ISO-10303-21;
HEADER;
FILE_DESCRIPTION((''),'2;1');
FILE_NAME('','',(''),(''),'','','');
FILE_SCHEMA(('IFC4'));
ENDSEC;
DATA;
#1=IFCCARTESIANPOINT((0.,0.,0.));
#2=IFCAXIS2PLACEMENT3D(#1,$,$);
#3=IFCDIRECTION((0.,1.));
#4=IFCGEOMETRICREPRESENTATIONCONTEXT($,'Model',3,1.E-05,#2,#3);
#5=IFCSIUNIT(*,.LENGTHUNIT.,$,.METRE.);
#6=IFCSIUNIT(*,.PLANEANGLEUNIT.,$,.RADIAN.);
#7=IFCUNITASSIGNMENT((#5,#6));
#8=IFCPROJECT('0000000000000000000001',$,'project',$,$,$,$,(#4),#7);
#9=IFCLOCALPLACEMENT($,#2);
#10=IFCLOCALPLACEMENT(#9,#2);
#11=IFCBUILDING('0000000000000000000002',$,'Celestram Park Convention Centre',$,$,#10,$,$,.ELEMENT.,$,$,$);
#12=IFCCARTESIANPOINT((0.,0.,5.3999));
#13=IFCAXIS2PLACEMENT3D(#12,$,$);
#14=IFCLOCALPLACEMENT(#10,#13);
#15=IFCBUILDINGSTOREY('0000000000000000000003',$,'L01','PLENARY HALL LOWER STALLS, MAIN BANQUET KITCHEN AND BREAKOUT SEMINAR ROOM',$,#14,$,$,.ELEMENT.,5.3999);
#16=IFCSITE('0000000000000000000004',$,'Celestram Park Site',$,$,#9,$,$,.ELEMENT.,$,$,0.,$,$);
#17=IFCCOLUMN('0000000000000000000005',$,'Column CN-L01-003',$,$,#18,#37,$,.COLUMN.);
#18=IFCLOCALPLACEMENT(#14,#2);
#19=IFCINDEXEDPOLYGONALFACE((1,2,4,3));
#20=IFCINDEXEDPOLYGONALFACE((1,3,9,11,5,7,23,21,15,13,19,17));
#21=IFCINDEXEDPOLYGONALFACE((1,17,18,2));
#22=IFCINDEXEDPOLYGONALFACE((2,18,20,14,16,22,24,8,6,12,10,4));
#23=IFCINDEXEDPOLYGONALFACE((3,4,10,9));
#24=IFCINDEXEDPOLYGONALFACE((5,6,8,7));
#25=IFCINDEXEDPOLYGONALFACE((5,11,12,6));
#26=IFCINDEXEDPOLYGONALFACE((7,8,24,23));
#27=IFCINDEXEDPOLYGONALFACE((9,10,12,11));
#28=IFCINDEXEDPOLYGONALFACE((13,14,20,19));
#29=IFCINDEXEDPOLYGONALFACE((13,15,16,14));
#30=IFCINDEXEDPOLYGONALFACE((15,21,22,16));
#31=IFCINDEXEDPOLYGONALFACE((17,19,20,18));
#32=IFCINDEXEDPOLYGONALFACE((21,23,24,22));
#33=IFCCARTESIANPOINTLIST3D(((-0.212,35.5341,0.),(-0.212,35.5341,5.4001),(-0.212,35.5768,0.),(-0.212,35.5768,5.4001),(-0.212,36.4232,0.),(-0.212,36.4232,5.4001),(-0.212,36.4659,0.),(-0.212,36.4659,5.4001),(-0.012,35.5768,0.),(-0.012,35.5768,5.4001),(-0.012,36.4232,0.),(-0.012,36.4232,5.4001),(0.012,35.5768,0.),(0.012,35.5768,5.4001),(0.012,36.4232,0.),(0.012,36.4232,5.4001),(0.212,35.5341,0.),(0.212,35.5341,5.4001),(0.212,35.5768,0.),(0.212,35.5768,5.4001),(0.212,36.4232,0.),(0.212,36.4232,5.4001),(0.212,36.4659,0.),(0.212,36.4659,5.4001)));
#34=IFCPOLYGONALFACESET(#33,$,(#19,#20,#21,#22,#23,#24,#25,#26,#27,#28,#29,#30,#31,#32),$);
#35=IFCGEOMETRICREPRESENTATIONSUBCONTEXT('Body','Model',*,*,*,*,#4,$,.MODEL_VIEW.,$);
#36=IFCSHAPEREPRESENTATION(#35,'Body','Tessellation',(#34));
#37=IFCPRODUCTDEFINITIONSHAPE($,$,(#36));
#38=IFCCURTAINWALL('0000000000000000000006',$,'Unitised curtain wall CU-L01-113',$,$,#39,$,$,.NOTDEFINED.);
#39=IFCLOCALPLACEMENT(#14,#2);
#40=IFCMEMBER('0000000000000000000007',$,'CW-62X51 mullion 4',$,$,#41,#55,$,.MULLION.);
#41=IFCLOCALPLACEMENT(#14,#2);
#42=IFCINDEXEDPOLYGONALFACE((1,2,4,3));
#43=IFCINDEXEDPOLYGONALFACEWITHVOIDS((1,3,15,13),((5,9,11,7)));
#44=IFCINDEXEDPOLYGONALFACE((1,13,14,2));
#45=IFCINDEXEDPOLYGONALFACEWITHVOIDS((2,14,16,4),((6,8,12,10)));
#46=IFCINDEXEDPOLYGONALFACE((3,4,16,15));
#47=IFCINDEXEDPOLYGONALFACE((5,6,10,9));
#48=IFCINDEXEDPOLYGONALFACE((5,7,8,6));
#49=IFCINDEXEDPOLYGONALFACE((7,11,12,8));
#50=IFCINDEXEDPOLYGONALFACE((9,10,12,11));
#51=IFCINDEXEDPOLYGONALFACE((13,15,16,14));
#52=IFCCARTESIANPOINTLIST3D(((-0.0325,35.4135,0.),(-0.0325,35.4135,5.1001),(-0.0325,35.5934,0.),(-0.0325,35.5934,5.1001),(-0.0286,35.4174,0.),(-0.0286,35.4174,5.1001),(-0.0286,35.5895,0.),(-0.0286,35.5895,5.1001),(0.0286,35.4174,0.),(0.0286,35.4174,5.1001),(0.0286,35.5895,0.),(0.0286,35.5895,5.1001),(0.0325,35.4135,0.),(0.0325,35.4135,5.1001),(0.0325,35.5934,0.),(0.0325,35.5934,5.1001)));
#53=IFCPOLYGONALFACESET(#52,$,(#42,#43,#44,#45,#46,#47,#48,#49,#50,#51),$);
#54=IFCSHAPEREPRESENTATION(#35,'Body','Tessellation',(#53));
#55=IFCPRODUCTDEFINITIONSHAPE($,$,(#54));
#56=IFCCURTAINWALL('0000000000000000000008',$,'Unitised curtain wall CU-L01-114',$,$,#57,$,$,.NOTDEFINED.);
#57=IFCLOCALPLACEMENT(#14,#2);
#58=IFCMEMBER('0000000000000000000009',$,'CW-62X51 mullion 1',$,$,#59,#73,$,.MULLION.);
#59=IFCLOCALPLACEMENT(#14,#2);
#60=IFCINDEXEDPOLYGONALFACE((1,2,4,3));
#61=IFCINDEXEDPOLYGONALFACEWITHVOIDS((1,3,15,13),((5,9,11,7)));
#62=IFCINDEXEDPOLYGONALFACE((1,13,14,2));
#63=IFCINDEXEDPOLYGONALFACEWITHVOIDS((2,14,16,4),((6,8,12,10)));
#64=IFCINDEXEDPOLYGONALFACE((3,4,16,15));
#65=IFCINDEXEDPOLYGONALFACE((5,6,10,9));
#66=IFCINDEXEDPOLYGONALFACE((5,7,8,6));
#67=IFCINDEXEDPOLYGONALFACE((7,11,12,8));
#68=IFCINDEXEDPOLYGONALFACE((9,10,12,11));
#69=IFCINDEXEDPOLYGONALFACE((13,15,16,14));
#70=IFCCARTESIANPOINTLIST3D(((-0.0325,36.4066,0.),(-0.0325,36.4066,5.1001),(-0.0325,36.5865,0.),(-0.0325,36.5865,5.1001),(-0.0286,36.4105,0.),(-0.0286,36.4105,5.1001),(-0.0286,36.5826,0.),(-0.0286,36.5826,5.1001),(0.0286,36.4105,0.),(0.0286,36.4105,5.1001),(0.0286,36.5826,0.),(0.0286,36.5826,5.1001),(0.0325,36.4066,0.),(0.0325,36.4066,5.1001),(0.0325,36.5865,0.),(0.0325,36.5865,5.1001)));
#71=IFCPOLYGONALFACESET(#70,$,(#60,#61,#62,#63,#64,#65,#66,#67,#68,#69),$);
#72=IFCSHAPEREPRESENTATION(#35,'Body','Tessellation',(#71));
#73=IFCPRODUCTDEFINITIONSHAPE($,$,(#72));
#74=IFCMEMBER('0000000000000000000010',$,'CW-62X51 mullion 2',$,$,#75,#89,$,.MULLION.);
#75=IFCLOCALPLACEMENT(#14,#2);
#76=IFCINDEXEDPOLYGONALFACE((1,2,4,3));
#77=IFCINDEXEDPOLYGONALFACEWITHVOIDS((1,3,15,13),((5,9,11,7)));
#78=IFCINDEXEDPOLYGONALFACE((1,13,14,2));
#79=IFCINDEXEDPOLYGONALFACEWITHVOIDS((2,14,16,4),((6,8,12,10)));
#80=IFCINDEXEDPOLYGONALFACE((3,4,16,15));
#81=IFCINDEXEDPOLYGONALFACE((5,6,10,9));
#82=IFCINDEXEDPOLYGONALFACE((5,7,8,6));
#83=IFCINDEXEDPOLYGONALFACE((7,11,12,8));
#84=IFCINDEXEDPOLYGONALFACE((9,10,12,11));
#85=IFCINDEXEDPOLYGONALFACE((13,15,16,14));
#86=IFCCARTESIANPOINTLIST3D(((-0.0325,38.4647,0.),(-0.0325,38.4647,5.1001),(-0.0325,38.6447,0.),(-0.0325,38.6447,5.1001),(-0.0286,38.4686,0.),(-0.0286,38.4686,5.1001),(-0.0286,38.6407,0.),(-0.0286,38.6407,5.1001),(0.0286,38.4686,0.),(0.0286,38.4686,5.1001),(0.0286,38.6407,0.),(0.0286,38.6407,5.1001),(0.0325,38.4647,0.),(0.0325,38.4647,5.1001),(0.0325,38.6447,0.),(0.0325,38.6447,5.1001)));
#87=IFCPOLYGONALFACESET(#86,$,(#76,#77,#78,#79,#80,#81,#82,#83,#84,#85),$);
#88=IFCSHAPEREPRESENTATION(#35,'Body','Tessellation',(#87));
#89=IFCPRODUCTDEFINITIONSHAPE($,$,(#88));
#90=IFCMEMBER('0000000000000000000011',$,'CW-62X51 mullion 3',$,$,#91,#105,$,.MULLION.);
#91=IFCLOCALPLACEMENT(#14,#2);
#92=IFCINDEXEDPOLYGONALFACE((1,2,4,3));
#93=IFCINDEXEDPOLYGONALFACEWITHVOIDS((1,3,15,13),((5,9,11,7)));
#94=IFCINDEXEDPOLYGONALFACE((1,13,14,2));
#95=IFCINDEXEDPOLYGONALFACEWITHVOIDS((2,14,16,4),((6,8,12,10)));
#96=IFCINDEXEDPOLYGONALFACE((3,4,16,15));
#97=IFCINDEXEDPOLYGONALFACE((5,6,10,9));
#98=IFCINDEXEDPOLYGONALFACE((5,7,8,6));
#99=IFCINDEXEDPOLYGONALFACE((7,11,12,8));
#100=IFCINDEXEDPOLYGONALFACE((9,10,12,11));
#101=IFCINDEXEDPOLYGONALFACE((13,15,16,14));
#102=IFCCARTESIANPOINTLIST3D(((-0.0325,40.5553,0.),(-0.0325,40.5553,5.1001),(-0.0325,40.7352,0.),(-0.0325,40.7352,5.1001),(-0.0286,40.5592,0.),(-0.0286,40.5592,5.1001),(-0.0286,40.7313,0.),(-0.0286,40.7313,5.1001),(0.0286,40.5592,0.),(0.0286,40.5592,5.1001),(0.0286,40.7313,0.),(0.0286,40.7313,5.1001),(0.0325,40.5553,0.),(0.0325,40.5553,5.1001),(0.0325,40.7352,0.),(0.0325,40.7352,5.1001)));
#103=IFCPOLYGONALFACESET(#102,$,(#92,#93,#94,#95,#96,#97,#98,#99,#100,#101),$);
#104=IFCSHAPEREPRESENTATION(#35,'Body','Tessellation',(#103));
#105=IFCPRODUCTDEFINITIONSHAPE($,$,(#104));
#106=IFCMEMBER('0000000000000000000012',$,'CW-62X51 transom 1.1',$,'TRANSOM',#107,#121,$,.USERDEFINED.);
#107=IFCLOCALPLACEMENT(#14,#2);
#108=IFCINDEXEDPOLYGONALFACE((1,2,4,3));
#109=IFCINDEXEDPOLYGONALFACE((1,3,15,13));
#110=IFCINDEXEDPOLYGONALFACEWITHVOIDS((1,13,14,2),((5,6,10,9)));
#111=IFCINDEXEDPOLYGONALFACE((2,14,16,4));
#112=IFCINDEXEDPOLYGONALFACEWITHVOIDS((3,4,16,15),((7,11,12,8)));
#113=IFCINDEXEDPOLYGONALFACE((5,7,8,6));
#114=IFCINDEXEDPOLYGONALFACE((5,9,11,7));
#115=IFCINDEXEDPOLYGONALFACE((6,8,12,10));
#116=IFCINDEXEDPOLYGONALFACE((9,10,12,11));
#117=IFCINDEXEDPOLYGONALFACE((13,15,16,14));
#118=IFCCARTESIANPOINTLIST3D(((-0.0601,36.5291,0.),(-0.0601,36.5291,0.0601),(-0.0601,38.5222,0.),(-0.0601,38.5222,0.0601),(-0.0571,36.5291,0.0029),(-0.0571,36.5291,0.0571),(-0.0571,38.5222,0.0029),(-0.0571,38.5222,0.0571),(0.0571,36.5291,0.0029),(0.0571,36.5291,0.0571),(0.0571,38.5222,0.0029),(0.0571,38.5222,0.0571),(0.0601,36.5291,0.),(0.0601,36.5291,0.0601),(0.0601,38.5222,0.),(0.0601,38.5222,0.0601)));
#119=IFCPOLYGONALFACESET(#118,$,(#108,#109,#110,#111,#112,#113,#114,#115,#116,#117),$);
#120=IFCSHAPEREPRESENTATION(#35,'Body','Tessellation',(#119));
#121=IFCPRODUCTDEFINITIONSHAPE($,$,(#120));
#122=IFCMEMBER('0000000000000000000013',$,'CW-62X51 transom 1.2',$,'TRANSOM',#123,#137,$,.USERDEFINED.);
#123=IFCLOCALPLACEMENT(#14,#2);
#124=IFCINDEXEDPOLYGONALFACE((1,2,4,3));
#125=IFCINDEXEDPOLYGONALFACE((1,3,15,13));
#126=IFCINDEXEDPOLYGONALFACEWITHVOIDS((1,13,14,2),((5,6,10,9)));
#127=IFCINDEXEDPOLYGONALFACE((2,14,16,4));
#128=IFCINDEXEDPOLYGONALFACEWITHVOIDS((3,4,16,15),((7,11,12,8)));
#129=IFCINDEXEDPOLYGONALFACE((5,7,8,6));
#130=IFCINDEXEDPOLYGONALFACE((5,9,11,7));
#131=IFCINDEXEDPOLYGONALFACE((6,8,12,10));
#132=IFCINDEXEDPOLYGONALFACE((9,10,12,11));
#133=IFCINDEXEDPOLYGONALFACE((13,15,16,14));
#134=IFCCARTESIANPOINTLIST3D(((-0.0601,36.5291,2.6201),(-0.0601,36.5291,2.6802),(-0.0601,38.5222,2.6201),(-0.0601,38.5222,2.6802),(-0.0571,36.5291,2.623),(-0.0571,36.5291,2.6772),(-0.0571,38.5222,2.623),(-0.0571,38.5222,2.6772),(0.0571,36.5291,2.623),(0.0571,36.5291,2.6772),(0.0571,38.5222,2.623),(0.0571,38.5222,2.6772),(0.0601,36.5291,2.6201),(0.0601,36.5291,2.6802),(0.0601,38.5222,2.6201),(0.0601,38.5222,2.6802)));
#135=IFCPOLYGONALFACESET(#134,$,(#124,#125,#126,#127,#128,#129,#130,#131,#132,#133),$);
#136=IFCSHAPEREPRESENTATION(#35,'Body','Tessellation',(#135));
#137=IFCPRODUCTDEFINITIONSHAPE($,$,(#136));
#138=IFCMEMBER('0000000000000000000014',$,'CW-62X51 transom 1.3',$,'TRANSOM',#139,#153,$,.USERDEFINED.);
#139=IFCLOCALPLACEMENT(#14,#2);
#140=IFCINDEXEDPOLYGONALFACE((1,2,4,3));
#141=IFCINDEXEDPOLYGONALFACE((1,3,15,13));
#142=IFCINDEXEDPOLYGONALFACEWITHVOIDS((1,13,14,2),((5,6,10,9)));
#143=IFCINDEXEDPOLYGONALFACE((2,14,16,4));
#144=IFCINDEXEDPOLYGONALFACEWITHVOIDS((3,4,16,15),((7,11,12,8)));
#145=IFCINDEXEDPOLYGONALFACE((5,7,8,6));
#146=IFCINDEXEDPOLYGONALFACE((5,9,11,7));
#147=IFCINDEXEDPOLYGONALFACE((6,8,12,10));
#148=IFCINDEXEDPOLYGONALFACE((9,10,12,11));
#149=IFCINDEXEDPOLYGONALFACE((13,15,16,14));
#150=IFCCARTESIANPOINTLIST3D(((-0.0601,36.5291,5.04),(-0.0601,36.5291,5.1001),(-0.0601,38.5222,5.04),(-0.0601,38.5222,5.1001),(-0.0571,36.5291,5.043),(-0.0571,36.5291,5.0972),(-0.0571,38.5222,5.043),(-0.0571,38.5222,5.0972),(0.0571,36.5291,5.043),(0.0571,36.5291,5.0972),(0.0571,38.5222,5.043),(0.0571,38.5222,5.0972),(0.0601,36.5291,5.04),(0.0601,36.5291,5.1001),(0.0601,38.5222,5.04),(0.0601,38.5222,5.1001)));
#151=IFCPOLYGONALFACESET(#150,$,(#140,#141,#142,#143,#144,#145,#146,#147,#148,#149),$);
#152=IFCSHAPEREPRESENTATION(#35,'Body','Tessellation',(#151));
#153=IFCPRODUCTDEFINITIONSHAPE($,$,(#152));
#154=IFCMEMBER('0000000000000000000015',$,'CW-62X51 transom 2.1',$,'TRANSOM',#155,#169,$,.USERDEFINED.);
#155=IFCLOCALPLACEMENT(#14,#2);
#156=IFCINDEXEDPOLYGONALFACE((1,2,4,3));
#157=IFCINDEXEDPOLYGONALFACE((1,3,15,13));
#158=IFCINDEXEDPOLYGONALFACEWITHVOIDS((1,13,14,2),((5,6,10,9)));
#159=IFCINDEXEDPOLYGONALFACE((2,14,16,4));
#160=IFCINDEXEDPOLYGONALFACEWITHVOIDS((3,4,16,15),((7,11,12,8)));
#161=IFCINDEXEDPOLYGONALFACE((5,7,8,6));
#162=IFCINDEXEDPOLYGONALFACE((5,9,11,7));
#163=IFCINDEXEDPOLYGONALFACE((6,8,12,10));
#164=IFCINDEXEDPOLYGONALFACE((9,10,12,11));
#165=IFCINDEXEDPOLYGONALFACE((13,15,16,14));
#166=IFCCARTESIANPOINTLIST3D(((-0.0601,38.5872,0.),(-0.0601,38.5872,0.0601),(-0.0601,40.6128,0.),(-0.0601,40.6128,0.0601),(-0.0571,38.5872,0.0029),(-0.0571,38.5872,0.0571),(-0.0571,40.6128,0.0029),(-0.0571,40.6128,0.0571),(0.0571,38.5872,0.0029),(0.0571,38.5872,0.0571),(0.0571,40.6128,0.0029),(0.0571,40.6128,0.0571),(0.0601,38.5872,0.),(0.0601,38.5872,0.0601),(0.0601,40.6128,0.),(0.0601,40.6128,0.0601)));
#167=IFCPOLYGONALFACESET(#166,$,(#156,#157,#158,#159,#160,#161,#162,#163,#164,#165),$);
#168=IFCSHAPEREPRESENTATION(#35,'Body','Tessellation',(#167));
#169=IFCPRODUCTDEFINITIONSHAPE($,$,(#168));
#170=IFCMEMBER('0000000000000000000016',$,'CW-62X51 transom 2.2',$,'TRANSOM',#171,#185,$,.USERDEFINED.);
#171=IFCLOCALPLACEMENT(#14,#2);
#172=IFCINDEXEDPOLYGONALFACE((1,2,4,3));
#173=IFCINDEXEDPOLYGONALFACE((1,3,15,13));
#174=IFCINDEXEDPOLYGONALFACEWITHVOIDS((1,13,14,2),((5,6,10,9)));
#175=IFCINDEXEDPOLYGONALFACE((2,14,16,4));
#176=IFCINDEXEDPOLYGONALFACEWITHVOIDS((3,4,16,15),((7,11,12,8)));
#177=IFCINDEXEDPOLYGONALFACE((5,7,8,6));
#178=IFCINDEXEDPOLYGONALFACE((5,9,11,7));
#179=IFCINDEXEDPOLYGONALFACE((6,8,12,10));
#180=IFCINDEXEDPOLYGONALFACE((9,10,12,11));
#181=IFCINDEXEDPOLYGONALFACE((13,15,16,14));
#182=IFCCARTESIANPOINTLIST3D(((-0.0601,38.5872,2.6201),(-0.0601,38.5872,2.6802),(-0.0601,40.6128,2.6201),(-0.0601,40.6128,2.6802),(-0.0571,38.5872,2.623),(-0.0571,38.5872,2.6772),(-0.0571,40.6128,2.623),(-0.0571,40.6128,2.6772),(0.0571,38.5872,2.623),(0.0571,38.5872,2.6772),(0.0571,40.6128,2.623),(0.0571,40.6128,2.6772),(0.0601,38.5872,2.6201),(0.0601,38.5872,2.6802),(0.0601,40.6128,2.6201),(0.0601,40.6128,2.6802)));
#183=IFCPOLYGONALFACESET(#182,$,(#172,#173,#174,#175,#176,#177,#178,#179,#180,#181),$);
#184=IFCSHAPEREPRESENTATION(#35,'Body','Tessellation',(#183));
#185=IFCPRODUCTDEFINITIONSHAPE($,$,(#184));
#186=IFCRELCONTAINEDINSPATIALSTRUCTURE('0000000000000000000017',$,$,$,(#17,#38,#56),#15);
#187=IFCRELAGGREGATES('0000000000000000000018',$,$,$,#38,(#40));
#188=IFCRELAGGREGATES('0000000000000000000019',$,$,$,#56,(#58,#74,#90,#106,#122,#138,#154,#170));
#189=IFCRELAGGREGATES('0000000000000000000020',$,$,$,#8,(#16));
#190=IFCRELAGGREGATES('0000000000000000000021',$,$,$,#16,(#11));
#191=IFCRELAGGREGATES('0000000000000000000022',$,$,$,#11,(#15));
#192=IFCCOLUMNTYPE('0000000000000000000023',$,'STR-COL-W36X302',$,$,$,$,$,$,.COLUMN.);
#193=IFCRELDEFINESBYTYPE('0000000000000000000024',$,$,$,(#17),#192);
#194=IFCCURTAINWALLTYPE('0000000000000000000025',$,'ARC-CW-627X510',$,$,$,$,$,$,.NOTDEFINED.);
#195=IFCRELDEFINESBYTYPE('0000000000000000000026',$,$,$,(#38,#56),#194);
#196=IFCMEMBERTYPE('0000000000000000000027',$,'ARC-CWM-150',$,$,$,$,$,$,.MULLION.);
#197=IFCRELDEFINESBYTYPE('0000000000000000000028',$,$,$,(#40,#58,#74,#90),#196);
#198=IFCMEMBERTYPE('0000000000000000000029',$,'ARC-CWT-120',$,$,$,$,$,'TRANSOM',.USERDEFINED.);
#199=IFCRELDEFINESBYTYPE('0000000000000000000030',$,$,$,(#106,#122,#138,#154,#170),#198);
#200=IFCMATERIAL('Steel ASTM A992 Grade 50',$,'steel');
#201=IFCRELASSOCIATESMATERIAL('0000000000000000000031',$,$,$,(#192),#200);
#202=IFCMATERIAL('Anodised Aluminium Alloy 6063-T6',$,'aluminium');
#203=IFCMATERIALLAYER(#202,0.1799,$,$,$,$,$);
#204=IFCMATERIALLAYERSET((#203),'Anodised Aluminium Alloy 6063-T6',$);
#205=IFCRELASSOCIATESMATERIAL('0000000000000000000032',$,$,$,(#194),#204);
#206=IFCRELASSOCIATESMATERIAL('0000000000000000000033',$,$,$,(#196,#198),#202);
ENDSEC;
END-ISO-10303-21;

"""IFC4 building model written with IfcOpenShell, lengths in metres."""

from ifc_helpers import new_model, si_unit, direction, frame, origin, origin_2d, place, context, subcontext, project, spatial, hollow_rectangle, i_section, extrude, material, layer, layer_set, material_profile, profile_set, type_object, element, aggregate, save


model = new_model("IFC4")

# Units and contexts
model_context = context("Model", 3, precision=1e-05, world=origin(), true_north=direction((0.0, 1.0)))
body_context = subcontext(model_context, "Body", "Model", "MODEL_VIEW")
ifc_project = project(units=[si_unit("LENGTHUNIT", "METRE"), si_unit("PLANEANGLEUNIT", "RADIAN")], contexts=[model_context])

# Site, building, storey
site_placement = place(None, origin())
site = spatial("IfcSite", under=ifc_project, at=site_placement, Name="Celestram Park Site", CompositionType="ELEMENT", RefElevation=0.0)
building_placement = place(site_placement, origin())
building = spatial("IfcBuilding", under=site, at=building_placement, Name="Celestram Park Convention Centre", CompositionType="ELEMENT")
storey_placement = place(building_placement, frame((0.0, 0.0, 5.3999)))
storey = spatial("IfcBuildingStorey", under=building, at=storey_placement, Name="L01", Description="PLENARY HALL LOWER STALLS, MAIN BANQUET KITCHEN AND BREAKOUT SEMINAR ROOM", CompositionType="ELEMENT", Elevation=5.3999)

# Column
ifc_material_1 = material(Name="Steel ASTM A992 Grade 50", Category="steel")
ifc_material_profile_1 = material_profile(ifc_material_1, i_section(OverallWidth=0.4241, OverallDepth=0.9319, WebThickness=0.0239, FlangeThickness=0.0427, at=origin_2d()), Name="W36X302")
ifc_profile_set_1 = profile_set([ifc_material_profile_1], Name="Steel ASTM A992 Grade 50")
column_type = type_object("IfcColumnType", Name="STR-COL-W36X302", PredefinedType="COLUMN", material=ifc_profile_set_1)
column_placement = place(storey_placement, frame((0.0, 36.0, 0.0), z_axis=(0.0, 0.0, 1.0), x_axis=(1.0, 0.0, 0.0)))
element("IfcColumn", 1, at=column_placement, inside=storey, type_object=column_type, Name="Column CN-L01-003", PredefinedType="COLUMN", context=body_context, shape_type="SweptSolid", body=[
    extrude(i_section(OverallWidth=0.4241, OverallDepth=0.9319, WebThickness=0.0239, FlangeThickness=0.0427, at=origin_2d()), origin(), (0.0, 0.0, 1.0), 5.4001),
])

# Curtain wall, member
ifc_material_2 = material(Name="Anodised Aluminium Alloy 6063-T6", Category="aluminium")
ifc_layer_1 = layer(ifc_material_2, 0.1799)
ifc_layer_set_1 = layer_set([ifc_layer_1], Name="Anodised Aluminium Alloy 6063-T6")
curtain_wall_type = type_object("IfcCurtainWallType", Name="ARC-CW-627X510", PredefinedType="NOTDEFINED", material=ifc_layer_set_1)
curtain_wall_1_placement = place(storey_placement, origin())
curtain_wall_1 = element("IfcCurtainWall", 2, at=curtain_wall_1_placement, inside=storey, type_object=curtain_wall_type, Name="Unitised curtain wall CU-L01-113", PredefinedType="NOTDEFINED")
ifc_material_profile_2 = material_profile(ifc_material_2, hollow_rectangle(XDim=0.0649, YDim=0.1799, WallThickness=0.0039, at=origin_2d()), Name="ALU65X180X4")
ifc_profile_set_2 = profile_set([ifc_material_profile_2], Name="Anodised Aluminium Alloy 6063-T6")
member_type_1 = type_object("IfcMemberType", Name="ARC-CWM-150", PredefinedType="MULLION", material=ifc_profile_set_2)
member_1_placement = place(storey_placement, frame((0.0, 35.5034, 0.0), z_axis=(0.0, 0.0, 1.0), x_axis=(-1.0, 0.0, 0.0)))
member_1 = element("IfcMember", 3, at=member_1_placement, type_object=member_type_1, Name="CW-62X51 mullion 4", PredefinedType="MULLION", context=body_context, shape_type="SweptSolid", body=[
    extrude(hollow_rectangle(XDim=0.0649, YDim=0.1799, WallThickness=0.0039, at=origin_2d()), origin(), (0.0, 0.0, 1.0), 5.1001),
])

# Curtain wall, members
curtain_wall_2_placement = place(storey_placement, origin())
curtain_wall_2 = element("IfcCurtainWall", 4, at=curtain_wall_2_placement, inside=storey, type_object=curtain_wall_type, Name="Unitised curtain wall CU-L01-114", PredefinedType="NOTDEFINED")
member_2_placement = place(storey_placement, frame((0.0, 36.4966, 0.0), z_axis=(0.0, 0.0, 1.0), x_axis=(-1.0, 0.0, 0.0)))
member_2 = element("IfcMember", 5, at=member_2_placement, type_object=member_type_1, Name="CW-62X51 mullion 1", PredefinedType="MULLION", context=body_context, shape_type="SweptSolid", body=[
    extrude(hollow_rectangle(XDim=0.0649, YDim=0.1799, WallThickness=0.0039, at=origin_2d()), origin(), (0.0, 0.0, 1.0), 5.1001),
])
member_3_placement = place(storey_placement, frame((0.0, 38.5547, 0.0), z_axis=(0.0, 0.0, 1.0), x_axis=(-1.0, 0.0, 0.0)))
member_3 = element("IfcMember", 6, at=member_3_placement, type_object=member_type_1, Name="CW-62X51 mullion 2", PredefinedType="MULLION", context=body_context, shape_type="SweptSolid", body=[
    extrude(hollow_rectangle(XDim=0.0649, YDim=0.1799, WallThickness=0.0039, at=origin_2d()), origin(), (0.0, 0.0, 1.0), 5.1001),
])
member_4_placement = place(storey_placement, frame((0.0, 40.6453, 0.0), z_axis=(0.0, 0.0, 1.0), x_axis=(-1.0, 0.0, 0.0)))
member_4 = element("IfcMember", 7, at=member_4_placement, type_object=member_type_1, Name="CW-62X51 mullion 3", PredefinedType="MULLION", context=body_context, shape_type="SweptSolid", body=[
    extrude(hollow_rectangle(XDim=0.0649, YDim=0.1799, WallThickness=0.0039, at=origin_2d()), origin(), (0.0, 0.0, 1.0), 5.1001),
])
ifc_material_profile_3 = material_profile(ifc_material_2, hollow_rectangle(XDim=0.1201, YDim=0.0601, WallThickness=0.0029, at=origin_2d()), Name="ALU120X60X3")
ifc_profile_set_3 = profile_set([ifc_material_profile_3], Name="Anodised Aluminium Alloy 6063-T6")
member_type_2 = type_object("IfcMemberType", Name="ARC-CWT-120", ElementType="TRANSOM", PredefinedType="USERDEFINED", material=ifc_profile_set_3)
member_5_placement = place(storey_placement, frame((0.0, 36.5291, 0.03), z_axis=(0.0, 1.0, 0.0), x_axis=(-1.0, 0.0, 0.0)))
member_5 = element("IfcMember", 8, at=member_5_placement, type_object=member_type_2, Name="CW-62X51 transom 1.1", ObjectType="TRANSOM", PredefinedType="USERDEFINED", context=body_context, shape_type="SweptSolid", body=[
    extrude(hollow_rectangle(XDim=0.1201, YDim=0.0601, WallThickness=0.0029, at=origin_2d()), origin(), (0.0, 0.0, 1.0), 1.9932),
])
member_6_placement = place(storey_placement, frame((0.0, 36.5291, 2.6501), z_axis=(0.0, 1.0, 0.0), x_axis=(-1.0, 0.0, 0.0)))
member_6 = element("IfcMember", 9, at=member_6_placement, type_object=member_type_2, Name="CW-62X51 transom 1.2", ObjectType="TRANSOM", PredefinedType="USERDEFINED", context=body_context, shape_type="SweptSolid", body=[
    extrude(hollow_rectangle(XDim=0.1201, YDim=0.0601, WallThickness=0.0029, at=origin_2d()), origin(), (0.0, 0.0, 1.0), 1.9932),
])
member_7_placement = place(storey_placement, frame((0.0, 36.5291, 5.0701), z_axis=(0.0, 1.0, 0.0), x_axis=(-1.0, 0.0, 0.0)))
member_7 = element("IfcMember", 10, at=member_7_placement, type_object=member_type_2, Name="CW-62X51 transom 1.3", ObjectType="TRANSOM", PredefinedType="USERDEFINED", context=body_context, shape_type="SweptSolid", body=[
    extrude(hollow_rectangle(XDim=0.1201, YDim=0.0601, WallThickness=0.0029, at=origin_2d()), origin(), (0.0, 0.0, 1.0), 1.9932),
])
member_8_placement = place(storey_placement, frame((0.0, 38.5872, 0.03), z_axis=(0.0, 1.0, 0.0), x_axis=(-1.0, 0.0, 0.0)))
member_8 = element("IfcMember", 11, at=member_8_placement, type_object=member_type_2, Name="CW-62X51 transom 2.1", ObjectType="TRANSOM", PredefinedType="USERDEFINED", context=body_context, shape_type="SweptSolid", body=[
    extrude(hollow_rectangle(XDim=0.1201, YDim=0.0601, WallThickness=0.0029, at=origin_2d()), origin(), (0.0, 0.0, 1.0), 2.0256),
])
member_9_placement = place(storey_placement, frame((0.0, 38.5872, 2.6501), z_axis=(0.0, 1.0, 0.0), x_axis=(-1.0, 0.0, 0.0)))
member_9 = element("IfcMember", 12, at=member_9_placement, type_object=member_type_2, Name="CW-62X51 transom 2.2", ObjectType="TRANSOM", PredefinedType="USERDEFINED", context=body_context, shape_type="SweptSolid", body=[
    extrude(hollow_rectangle(XDim=0.1201, YDim=0.0601, WallThickness=0.0029, at=origin_2d()), origin(), (0.0, 0.0, 1.0), 2.0256),
])

aggregate(curtain_wall_1, [member_1])
aggregate(curtain_wall_2, [member_2, member_3, member_4, member_5, member_6, member_7, member_8, member_9])

save(model, "model.ifc")
